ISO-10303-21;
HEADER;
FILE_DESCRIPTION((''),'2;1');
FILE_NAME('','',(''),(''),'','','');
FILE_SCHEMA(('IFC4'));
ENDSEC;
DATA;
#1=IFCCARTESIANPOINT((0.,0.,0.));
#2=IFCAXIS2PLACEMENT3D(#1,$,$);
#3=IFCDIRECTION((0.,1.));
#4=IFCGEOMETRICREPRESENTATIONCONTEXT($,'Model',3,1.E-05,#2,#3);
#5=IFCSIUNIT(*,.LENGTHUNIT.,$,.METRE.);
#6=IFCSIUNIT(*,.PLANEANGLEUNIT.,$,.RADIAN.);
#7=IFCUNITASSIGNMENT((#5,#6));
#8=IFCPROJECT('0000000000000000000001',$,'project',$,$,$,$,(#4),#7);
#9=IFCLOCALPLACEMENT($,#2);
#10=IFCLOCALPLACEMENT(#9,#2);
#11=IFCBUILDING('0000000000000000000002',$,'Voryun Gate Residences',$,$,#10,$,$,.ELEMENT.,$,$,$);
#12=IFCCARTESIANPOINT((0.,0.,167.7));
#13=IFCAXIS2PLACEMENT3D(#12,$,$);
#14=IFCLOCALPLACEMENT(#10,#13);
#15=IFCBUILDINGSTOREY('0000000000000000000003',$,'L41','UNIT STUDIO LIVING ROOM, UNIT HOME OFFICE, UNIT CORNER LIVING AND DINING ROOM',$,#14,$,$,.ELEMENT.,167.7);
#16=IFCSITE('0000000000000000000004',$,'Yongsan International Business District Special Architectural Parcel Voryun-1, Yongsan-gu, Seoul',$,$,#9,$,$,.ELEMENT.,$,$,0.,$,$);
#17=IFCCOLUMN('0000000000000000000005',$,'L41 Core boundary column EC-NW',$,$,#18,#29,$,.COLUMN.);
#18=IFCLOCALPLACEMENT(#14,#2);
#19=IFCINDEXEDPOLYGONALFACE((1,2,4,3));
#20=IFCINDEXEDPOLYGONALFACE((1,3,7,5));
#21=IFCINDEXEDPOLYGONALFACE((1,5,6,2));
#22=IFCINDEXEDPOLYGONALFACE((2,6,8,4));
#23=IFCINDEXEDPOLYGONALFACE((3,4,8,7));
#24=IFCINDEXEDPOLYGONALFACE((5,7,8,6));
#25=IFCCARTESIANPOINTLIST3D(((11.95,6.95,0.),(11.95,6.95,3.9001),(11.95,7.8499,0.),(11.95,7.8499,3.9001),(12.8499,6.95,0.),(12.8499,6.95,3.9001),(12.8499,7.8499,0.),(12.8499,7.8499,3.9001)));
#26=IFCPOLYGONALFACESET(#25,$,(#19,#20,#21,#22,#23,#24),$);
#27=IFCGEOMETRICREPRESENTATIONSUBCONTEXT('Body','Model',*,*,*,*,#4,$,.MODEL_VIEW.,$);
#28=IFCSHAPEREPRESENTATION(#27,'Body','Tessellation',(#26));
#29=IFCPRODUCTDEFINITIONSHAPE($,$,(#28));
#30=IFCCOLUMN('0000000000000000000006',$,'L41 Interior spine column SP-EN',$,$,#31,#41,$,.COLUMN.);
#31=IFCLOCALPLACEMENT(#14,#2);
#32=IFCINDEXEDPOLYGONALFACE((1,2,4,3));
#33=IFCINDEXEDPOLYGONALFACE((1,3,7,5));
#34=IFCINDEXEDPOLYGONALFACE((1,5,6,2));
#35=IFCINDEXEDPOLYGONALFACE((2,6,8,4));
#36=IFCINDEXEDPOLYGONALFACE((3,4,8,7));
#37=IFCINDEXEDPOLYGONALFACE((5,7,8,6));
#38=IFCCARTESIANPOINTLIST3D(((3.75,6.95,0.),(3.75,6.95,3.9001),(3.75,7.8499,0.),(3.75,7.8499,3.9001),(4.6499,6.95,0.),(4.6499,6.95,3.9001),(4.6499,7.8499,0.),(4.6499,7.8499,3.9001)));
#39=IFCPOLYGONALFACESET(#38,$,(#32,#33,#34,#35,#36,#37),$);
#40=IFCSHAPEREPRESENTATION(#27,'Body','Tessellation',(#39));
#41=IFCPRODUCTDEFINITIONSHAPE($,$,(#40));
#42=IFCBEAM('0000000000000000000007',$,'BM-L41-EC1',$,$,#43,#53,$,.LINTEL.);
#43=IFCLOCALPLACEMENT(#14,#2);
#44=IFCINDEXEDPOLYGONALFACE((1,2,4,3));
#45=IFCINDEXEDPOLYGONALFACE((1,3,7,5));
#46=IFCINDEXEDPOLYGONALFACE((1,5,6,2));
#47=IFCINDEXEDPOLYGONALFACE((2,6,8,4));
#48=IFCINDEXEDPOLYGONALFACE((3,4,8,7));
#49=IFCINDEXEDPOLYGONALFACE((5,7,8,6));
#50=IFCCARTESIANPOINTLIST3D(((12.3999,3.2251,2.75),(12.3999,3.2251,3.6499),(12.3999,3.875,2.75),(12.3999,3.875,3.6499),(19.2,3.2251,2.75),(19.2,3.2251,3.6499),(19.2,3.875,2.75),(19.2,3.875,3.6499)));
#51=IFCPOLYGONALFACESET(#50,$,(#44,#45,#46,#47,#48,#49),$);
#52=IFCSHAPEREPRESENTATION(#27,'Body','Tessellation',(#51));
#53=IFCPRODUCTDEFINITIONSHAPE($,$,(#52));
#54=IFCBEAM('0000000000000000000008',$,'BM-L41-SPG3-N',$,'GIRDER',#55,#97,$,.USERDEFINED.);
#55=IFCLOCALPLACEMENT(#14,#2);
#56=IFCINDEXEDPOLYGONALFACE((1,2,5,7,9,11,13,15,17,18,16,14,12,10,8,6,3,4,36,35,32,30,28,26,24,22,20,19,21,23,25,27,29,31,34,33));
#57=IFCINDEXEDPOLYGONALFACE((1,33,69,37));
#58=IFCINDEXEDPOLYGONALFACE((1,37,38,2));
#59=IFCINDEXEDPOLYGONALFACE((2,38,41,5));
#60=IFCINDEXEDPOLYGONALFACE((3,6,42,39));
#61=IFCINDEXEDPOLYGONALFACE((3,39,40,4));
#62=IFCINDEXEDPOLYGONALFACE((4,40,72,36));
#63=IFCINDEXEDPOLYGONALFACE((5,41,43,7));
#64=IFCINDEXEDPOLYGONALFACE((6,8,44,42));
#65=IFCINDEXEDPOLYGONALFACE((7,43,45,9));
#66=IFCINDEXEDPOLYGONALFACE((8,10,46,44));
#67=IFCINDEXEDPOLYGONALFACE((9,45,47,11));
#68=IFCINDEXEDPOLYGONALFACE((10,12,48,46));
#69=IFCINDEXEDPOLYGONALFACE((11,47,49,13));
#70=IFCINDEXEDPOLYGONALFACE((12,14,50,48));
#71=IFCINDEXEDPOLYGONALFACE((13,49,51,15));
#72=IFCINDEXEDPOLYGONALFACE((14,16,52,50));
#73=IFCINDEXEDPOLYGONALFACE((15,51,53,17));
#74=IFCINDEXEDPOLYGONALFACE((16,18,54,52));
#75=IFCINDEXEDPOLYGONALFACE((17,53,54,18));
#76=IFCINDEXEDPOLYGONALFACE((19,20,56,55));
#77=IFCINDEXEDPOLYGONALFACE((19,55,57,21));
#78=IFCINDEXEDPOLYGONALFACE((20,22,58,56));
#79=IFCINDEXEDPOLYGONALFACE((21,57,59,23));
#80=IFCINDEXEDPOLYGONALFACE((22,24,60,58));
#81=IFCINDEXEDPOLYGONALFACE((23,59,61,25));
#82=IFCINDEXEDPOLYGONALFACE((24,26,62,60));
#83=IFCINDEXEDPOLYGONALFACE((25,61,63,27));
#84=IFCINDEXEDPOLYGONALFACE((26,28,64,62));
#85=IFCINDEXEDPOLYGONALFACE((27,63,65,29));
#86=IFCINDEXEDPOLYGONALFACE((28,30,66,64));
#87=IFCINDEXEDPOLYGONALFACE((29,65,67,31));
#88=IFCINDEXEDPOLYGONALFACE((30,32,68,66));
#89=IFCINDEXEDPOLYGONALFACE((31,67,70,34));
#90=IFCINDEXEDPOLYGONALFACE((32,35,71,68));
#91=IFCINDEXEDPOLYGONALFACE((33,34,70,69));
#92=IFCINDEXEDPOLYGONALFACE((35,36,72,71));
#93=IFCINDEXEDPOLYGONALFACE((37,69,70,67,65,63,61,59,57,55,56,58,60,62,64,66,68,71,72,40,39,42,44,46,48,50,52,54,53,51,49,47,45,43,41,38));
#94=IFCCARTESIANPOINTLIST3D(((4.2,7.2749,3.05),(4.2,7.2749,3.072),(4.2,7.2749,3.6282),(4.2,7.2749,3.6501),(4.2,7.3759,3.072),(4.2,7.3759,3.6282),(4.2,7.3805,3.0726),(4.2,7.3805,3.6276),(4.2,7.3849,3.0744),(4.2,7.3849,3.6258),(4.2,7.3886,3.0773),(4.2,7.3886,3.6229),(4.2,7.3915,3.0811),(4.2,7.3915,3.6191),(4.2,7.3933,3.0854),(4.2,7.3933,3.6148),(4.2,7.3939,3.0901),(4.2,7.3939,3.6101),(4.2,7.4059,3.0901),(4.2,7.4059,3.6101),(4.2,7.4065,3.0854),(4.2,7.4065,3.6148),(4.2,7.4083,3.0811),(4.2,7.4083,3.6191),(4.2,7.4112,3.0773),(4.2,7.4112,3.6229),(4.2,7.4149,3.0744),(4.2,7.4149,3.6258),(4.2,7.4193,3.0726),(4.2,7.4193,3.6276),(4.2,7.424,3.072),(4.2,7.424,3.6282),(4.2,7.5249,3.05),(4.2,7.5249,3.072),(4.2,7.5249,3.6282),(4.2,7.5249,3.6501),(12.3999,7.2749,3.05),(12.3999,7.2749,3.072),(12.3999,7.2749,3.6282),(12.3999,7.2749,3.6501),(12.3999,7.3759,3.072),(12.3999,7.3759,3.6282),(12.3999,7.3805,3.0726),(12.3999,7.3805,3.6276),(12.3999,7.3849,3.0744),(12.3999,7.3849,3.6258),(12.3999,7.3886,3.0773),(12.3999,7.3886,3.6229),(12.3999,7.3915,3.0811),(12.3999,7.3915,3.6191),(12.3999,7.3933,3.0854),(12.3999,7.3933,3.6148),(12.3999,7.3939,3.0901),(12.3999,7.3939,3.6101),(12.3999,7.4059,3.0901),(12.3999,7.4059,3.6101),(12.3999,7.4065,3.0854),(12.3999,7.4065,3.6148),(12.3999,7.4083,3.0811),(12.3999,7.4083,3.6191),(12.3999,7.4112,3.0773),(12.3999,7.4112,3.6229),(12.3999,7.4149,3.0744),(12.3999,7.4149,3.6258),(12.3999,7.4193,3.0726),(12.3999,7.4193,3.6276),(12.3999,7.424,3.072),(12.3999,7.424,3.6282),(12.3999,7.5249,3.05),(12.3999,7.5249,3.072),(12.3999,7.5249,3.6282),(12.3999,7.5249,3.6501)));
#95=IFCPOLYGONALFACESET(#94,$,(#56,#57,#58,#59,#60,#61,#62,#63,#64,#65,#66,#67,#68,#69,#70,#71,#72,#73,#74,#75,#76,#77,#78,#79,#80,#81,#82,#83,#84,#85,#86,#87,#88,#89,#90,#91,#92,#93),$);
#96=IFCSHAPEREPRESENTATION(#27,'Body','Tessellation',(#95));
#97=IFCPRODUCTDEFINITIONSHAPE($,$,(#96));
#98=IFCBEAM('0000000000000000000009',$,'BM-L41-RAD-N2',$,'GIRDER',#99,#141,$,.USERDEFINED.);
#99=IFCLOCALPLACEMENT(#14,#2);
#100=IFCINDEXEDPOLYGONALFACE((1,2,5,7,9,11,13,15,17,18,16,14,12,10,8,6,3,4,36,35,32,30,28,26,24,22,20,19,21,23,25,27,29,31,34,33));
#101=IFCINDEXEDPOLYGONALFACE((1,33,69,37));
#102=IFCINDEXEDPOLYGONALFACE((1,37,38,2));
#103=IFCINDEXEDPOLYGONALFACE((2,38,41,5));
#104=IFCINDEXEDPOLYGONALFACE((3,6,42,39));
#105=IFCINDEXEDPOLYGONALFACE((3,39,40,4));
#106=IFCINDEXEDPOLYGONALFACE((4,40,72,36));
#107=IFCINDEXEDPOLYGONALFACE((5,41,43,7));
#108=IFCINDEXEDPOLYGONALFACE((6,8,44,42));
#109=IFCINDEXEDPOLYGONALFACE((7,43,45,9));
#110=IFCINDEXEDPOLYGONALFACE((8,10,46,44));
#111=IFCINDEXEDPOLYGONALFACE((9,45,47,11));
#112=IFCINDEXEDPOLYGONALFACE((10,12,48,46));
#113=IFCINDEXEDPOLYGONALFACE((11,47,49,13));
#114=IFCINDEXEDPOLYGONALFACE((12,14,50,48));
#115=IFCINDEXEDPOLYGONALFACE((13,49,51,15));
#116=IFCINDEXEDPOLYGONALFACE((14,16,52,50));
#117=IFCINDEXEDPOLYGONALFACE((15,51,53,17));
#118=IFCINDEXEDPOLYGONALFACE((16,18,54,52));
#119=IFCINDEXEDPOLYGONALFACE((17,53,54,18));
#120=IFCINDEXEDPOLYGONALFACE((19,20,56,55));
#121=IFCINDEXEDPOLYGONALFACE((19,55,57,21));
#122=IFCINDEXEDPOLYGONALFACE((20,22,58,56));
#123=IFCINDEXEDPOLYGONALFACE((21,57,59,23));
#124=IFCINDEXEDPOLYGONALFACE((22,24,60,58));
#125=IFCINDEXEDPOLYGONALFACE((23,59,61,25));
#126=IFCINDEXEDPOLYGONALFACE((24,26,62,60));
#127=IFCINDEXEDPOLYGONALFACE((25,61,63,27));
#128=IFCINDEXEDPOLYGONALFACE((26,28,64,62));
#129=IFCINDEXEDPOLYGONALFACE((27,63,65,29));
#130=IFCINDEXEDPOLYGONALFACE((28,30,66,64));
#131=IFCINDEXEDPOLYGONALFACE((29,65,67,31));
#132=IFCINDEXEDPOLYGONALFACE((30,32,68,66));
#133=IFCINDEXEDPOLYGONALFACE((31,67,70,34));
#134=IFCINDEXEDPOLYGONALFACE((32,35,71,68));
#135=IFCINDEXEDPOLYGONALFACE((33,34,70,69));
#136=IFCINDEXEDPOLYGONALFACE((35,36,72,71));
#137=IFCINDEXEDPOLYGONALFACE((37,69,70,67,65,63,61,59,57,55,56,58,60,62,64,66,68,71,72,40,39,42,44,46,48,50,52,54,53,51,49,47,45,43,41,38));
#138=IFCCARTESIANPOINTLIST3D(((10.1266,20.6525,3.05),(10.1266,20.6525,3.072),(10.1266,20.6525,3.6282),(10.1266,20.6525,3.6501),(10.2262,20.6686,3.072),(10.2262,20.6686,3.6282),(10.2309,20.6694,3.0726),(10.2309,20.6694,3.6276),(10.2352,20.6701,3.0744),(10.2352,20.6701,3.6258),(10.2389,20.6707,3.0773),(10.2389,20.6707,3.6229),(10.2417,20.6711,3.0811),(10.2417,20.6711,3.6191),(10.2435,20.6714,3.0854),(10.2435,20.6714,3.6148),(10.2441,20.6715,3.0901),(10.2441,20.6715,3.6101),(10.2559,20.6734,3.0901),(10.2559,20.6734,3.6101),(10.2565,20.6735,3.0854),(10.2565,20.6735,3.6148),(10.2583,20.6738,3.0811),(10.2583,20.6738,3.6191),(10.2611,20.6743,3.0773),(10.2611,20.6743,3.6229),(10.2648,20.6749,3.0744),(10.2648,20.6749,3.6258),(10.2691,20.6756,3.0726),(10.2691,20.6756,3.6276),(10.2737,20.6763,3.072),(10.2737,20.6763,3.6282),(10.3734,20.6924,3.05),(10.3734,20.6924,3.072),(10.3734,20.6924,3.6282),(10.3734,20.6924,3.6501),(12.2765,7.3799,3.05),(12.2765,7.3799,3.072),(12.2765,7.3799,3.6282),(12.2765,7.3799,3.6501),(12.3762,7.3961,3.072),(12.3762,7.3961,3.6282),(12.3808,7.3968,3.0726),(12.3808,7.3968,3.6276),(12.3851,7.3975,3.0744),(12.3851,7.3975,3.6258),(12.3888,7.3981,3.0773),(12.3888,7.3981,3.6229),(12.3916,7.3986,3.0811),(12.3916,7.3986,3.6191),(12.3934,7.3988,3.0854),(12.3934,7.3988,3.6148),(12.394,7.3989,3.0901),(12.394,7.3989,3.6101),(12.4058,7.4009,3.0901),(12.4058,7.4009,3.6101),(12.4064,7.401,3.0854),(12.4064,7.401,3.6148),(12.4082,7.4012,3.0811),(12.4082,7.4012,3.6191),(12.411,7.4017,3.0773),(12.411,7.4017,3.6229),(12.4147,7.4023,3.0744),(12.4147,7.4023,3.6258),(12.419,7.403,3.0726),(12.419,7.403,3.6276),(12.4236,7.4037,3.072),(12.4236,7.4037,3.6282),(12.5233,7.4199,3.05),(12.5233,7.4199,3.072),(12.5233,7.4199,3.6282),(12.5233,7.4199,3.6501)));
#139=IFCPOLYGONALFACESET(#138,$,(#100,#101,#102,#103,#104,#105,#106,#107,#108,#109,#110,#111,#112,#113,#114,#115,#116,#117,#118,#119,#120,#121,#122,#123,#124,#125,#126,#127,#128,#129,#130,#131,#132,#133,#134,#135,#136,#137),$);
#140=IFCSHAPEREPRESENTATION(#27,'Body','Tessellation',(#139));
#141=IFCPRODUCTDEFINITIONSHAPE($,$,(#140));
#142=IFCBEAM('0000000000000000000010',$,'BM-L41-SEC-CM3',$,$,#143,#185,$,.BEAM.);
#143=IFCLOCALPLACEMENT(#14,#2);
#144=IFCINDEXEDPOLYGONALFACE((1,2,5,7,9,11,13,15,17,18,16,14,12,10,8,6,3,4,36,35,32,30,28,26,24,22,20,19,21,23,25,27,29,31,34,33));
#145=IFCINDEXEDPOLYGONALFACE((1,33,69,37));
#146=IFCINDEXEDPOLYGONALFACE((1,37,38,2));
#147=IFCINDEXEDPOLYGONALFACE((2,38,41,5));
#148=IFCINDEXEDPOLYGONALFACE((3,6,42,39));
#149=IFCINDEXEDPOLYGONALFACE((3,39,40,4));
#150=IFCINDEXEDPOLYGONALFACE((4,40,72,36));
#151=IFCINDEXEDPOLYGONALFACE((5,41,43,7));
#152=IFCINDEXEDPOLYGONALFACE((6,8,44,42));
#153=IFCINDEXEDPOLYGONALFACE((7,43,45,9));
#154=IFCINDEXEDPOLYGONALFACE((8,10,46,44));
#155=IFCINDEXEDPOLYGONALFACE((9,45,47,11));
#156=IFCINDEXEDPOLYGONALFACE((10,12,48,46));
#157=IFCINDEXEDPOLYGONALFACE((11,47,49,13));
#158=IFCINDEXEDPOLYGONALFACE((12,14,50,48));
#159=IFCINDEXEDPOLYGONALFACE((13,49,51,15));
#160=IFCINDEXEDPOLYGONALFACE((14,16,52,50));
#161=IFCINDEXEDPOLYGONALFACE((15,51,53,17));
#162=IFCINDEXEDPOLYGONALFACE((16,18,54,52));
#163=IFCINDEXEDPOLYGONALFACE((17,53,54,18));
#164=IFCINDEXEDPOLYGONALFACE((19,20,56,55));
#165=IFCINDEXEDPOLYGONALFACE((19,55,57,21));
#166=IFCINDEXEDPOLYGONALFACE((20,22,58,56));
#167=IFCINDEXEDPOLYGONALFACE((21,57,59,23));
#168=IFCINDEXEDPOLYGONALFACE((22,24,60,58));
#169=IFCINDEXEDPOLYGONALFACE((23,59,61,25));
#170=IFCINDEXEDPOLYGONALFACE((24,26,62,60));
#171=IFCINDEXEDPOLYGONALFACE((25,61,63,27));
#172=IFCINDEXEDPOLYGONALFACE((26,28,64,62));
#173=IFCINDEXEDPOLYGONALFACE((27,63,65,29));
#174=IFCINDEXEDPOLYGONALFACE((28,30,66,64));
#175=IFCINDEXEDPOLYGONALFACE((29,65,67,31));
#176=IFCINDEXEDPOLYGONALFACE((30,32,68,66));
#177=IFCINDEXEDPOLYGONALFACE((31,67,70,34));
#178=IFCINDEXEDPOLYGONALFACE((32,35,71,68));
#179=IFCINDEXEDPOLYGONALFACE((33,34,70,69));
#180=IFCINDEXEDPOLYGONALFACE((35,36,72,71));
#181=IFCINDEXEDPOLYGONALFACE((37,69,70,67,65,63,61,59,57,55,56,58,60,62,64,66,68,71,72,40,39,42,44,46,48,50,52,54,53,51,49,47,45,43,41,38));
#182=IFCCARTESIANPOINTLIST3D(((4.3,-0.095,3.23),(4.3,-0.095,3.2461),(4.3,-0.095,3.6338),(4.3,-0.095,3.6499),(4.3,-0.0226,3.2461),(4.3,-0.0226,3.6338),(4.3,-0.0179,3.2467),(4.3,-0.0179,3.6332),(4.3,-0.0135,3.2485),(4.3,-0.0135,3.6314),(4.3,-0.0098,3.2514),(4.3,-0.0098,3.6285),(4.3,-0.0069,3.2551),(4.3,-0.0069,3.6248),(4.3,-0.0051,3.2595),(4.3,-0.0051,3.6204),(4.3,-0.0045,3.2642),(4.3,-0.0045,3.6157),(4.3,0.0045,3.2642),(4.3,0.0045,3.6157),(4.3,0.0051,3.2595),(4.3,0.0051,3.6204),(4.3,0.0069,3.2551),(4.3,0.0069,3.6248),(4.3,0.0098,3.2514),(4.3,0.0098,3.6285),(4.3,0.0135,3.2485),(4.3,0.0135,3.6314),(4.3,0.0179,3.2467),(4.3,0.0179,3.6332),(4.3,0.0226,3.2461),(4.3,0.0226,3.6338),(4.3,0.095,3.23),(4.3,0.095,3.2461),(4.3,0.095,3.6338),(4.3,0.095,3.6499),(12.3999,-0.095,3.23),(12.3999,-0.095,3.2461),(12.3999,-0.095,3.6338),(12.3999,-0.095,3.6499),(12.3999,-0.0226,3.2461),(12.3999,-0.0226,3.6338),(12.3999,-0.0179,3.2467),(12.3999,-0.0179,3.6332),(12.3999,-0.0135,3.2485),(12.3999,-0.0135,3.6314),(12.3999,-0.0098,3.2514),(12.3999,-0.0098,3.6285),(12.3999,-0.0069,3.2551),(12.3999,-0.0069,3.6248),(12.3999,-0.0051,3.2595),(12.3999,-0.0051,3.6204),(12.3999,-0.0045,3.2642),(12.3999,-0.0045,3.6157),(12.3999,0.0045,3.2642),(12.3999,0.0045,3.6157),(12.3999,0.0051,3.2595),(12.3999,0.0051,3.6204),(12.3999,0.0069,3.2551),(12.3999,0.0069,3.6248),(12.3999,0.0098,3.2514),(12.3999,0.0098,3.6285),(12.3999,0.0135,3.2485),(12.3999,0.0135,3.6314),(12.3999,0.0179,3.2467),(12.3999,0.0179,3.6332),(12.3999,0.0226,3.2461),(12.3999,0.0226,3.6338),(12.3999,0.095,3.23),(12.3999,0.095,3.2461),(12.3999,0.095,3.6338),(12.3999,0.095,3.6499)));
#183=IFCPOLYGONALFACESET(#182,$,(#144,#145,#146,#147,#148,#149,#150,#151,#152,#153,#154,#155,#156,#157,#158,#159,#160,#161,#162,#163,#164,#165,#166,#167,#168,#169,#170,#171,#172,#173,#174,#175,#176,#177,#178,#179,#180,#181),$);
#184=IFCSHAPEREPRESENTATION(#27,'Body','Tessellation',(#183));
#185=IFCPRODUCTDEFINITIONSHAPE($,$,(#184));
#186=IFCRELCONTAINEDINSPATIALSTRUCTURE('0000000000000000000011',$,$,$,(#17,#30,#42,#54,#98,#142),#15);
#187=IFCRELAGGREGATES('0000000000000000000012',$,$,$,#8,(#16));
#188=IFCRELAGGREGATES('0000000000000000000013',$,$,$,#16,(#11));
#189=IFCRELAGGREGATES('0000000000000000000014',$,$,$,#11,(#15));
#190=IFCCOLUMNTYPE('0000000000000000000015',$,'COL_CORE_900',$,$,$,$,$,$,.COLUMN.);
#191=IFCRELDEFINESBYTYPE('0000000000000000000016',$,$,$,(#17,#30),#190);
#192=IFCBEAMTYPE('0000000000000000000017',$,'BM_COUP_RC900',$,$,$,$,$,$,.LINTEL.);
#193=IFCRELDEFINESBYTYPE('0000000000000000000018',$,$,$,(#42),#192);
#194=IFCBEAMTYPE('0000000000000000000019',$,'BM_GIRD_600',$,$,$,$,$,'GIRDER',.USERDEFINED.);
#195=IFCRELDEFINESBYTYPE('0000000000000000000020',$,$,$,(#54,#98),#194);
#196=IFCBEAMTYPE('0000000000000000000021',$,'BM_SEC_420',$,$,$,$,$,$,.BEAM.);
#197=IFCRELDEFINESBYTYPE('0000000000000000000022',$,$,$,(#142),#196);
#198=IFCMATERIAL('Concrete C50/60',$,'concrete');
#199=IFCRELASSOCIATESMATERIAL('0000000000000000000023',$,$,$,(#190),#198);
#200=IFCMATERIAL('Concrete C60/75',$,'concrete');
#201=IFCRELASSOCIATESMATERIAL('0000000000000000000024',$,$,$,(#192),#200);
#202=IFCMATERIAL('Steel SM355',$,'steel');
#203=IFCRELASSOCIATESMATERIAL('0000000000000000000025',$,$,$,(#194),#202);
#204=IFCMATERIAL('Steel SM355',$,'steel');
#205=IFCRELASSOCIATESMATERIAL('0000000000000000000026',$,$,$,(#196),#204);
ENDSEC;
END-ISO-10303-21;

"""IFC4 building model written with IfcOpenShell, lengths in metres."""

from ifc_helpers import new_model, si_unit, direction, frame, origin, origin_2d, place, context, subcontext, project, spatial, rectangle, i_section, extrude, material, material_profile, profile_set, type_object, element, save


model = new_model("IFC4")

# Units and contexts
model_context = context("Model", 3, precision=1e-05, world=origin(), true_north=direction((0.0, 1.0)))
body_context = subcontext(model_context, "Body", "Model", "MODEL_VIEW")
ifc_project = project(units=[si_unit("LENGTHUNIT", "METRE"), si_unit("PLANEANGLEUNIT", "RADIAN")], contexts=[model_context])

# Site, building, storey
site_placement = place(None, origin())
site = spatial("IfcSite", under=ifc_project, at=site_placement, Name="Yongsan International Business District Special Architectural Parcel Voryun-1, Yongsan-gu, Seoul", CompositionType="ELEMENT", RefElevation=0.0)
building_placement = place(site_placement, origin())
building = spatial("IfcBuilding", under=site, at=building_placement, Name="Voryun Gate Residences", CompositionType="ELEMENT")
storey_placement = place(building_placement, frame((0.0, 0.0, 167.7)))
storey = spatial("IfcBuildingStorey", under=building, at=storey_placement, Name="L41", Description="UNIT STUDIO LIVING ROOM, UNIT HOME OFFICE, UNIT CORNER LIVING AND DINING ROOM", CompositionType="ELEMENT", Elevation=167.7)

# Columns
ifc_material_1 = material(Name="Concrete C50/60", Category="concrete")
ifc_material_profile_1 = material_profile(ifc_material_1, rectangle(XDim=0.8999, YDim=0.8999, at=origin_2d()), Name="RC-900x900")
ifc_profile_set_1 = profile_set([ifc_material_profile_1], Name="Concrete C50/60")
column_type = type_object("IfcColumnType", Name="COL_CORE_900", PredefinedType="COLUMN", material=ifc_profile_set_1)
for number, where, z_axis, x_axis, name in (
    (1, (12.3999, 7.3999, 0.0), (0.0, 0.0, 1.0), (1.0, 0.0, 0.0), "L41 Core boundary column EC-NW"),
    (2, (4.2, 7.3999, 0.0), (0.0, 0.0, 1.0), (1.0, 0.0, 0.0), "L41 Interior spine column SP-EN"),
):
    element("IfcColumn", number, at=place(storey_placement, frame(where, z_axis=z_axis, x_axis=x_axis)), inside=storey, type_object=column_type, Name=name, PredefinedType="COLUMN", context=body_context, shape_type="SweptSolid", body=[
        extrude(rectangle(XDim=0.8999, YDim=0.8999, at=origin_2d()), origin(), (0.0, 0.0, 1.0), 3.9001),
    ])

# Beams
ifc_material_2 = material(Name="Concrete C60/75", Category="concrete")
ifc_material_profile_2 = material_profile(ifc_material_2, rectangle(XDim=0.6499, YDim=0.8999, at=origin_2d()), Name="RC-650x900")
ifc_profile_set_2 = profile_set([ifc_material_profile_2], Name="Concrete C60/75")
beam_type_1 = type_object("IfcBeamType", Name="BM_COUP_RC900", PredefinedType="LINTEL", material=ifc_profile_set_2)
beam_1_placement = place(storey_placement, frame((12.3999, 3.55, 3.2), z_axis=(1.0, 0.0, 0.0), x_axis=(0.0, 1.0, 0.0)))
element("IfcBeam", 3, at=beam_1_placement, inside=storey, type_object=beam_type_1, Name="BM-L41-EC1", PredefinedType="LINTEL", context=body_context, shape_type="SweptSolid", body=[
    extrude(rectangle(XDim=0.6499, YDim=0.8999, at=origin_2d()), origin(), (0.0, 0.0, 1.0), 6.8),
])
ifc_material_3 = material(Name="Steel SM355", Category="steel")
ifc_material_profile_3 = material_profile(ifc_material_3, i_section(OverallWidth=0.25, OverallDepth=0.6001, WebThickness=0.012, FlangeThickness=0.022, FilletRadius=0.0181, at=origin_2d()), Name="H-600x250x12x22")
ifc_profile_set_3 = profile_set([ifc_material_profile_3], Name="Steel SM355")
beam_type_2 = type_object("IfcBeamType", Name="BM_GIRD_600", ElementType="GIRDER", PredefinedType="USERDEFINED", material=ifc_profile_set_3)
beam_2_placement = place(storey_placement, frame((4.2, 7.3999, 3.3501), z_axis=(1.0, 0.0, 0.0), x_axis=(0.0, 1.0, 0.0)))
element("IfcBeam", 4, at=beam_2_placement, inside=storey, type_object=beam_type_2, Name="BM-L41-SPG3-N", ObjectType="GIRDER", PredefinedType="USERDEFINED", context=body_context, shape_type="SweptSolid", body=[
    extrude(i_section(OverallWidth=0.25, OverallDepth=0.6001, WebThickness=0.012, FlangeThickness=0.022, FilletRadius=0.0181, at=origin_2d()), origin(), (0.0, 0.0, 1.0), 8.2),
])
beam_3_placement = place(storey_placement, frame((12.3999, 7.3999, 3.3501), z_axis=(-0.159898, 0.987134, 0.0), x_axis=(-0.987134, -0.159898, 0.0)))
element("IfcBeam", 5, at=beam_3_placement, inside=storey, type_object=beam_type_2, Name="BM-L41-RAD-N2", ObjectType="GIRDER", PredefinedType="USERDEFINED", context=body_context, shape_type="SweptSolid", body=[
    extrude(i_section(OverallWidth=0.25, OverallDepth=0.6001, WebThickness=0.012, FlangeThickness=0.022, FilletRadius=0.0181, at=origin_2d()), origin(), (0.0, 0.0, 1.0), 13.4456),
])
ifc_material_4 = material(Name="Steel SM355", Category="steel")
ifc_material_profile_4 = material_profile(ifc_material_4, i_section(OverallWidth=0.1899, OverallDepth=0.4199, WebThickness=0.009, FlangeThickness=0.0161, FilletRadius=0.0181, at=origin_2d()), Name="H-420x190x9x16")
ifc_profile_set_4 = profile_set([ifc_material_profile_4], Name="Steel SM355")
beam_type_3 = type_object("IfcBeamType", Name="BM_SEC_420", PredefinedType="BEAM", material=ifc_profile_set_4)
for number, where, z_axis, x_axis, name in (
    (6, (4.3, 0.0, 3.4399), (1.0, 0.0, 0.0), (0.0, 1.0, 0.0), "BM-L41-SEC-CM3"),
):
    element("IfcBeam", number, at=place(storey_placement, frame(where, z_axis=z_axis, x_axis=x_axis)), inside=storey, type_object=beam_type_3, Name=name, PredefinedType="BEAM", context=body_context, shape_type="SweptSolid", body=[
        extrude(i_section(OverallWidth=0.1899, OverallDepth=0.4199, WebThickness=0.009, FlangeThickness=0.0161, FilletRadius=0.0181, at=origin_2d()), origin(), (0.0, 0.0, 1.0), 8.0999),
    ])

save(model, "model.ifc")
